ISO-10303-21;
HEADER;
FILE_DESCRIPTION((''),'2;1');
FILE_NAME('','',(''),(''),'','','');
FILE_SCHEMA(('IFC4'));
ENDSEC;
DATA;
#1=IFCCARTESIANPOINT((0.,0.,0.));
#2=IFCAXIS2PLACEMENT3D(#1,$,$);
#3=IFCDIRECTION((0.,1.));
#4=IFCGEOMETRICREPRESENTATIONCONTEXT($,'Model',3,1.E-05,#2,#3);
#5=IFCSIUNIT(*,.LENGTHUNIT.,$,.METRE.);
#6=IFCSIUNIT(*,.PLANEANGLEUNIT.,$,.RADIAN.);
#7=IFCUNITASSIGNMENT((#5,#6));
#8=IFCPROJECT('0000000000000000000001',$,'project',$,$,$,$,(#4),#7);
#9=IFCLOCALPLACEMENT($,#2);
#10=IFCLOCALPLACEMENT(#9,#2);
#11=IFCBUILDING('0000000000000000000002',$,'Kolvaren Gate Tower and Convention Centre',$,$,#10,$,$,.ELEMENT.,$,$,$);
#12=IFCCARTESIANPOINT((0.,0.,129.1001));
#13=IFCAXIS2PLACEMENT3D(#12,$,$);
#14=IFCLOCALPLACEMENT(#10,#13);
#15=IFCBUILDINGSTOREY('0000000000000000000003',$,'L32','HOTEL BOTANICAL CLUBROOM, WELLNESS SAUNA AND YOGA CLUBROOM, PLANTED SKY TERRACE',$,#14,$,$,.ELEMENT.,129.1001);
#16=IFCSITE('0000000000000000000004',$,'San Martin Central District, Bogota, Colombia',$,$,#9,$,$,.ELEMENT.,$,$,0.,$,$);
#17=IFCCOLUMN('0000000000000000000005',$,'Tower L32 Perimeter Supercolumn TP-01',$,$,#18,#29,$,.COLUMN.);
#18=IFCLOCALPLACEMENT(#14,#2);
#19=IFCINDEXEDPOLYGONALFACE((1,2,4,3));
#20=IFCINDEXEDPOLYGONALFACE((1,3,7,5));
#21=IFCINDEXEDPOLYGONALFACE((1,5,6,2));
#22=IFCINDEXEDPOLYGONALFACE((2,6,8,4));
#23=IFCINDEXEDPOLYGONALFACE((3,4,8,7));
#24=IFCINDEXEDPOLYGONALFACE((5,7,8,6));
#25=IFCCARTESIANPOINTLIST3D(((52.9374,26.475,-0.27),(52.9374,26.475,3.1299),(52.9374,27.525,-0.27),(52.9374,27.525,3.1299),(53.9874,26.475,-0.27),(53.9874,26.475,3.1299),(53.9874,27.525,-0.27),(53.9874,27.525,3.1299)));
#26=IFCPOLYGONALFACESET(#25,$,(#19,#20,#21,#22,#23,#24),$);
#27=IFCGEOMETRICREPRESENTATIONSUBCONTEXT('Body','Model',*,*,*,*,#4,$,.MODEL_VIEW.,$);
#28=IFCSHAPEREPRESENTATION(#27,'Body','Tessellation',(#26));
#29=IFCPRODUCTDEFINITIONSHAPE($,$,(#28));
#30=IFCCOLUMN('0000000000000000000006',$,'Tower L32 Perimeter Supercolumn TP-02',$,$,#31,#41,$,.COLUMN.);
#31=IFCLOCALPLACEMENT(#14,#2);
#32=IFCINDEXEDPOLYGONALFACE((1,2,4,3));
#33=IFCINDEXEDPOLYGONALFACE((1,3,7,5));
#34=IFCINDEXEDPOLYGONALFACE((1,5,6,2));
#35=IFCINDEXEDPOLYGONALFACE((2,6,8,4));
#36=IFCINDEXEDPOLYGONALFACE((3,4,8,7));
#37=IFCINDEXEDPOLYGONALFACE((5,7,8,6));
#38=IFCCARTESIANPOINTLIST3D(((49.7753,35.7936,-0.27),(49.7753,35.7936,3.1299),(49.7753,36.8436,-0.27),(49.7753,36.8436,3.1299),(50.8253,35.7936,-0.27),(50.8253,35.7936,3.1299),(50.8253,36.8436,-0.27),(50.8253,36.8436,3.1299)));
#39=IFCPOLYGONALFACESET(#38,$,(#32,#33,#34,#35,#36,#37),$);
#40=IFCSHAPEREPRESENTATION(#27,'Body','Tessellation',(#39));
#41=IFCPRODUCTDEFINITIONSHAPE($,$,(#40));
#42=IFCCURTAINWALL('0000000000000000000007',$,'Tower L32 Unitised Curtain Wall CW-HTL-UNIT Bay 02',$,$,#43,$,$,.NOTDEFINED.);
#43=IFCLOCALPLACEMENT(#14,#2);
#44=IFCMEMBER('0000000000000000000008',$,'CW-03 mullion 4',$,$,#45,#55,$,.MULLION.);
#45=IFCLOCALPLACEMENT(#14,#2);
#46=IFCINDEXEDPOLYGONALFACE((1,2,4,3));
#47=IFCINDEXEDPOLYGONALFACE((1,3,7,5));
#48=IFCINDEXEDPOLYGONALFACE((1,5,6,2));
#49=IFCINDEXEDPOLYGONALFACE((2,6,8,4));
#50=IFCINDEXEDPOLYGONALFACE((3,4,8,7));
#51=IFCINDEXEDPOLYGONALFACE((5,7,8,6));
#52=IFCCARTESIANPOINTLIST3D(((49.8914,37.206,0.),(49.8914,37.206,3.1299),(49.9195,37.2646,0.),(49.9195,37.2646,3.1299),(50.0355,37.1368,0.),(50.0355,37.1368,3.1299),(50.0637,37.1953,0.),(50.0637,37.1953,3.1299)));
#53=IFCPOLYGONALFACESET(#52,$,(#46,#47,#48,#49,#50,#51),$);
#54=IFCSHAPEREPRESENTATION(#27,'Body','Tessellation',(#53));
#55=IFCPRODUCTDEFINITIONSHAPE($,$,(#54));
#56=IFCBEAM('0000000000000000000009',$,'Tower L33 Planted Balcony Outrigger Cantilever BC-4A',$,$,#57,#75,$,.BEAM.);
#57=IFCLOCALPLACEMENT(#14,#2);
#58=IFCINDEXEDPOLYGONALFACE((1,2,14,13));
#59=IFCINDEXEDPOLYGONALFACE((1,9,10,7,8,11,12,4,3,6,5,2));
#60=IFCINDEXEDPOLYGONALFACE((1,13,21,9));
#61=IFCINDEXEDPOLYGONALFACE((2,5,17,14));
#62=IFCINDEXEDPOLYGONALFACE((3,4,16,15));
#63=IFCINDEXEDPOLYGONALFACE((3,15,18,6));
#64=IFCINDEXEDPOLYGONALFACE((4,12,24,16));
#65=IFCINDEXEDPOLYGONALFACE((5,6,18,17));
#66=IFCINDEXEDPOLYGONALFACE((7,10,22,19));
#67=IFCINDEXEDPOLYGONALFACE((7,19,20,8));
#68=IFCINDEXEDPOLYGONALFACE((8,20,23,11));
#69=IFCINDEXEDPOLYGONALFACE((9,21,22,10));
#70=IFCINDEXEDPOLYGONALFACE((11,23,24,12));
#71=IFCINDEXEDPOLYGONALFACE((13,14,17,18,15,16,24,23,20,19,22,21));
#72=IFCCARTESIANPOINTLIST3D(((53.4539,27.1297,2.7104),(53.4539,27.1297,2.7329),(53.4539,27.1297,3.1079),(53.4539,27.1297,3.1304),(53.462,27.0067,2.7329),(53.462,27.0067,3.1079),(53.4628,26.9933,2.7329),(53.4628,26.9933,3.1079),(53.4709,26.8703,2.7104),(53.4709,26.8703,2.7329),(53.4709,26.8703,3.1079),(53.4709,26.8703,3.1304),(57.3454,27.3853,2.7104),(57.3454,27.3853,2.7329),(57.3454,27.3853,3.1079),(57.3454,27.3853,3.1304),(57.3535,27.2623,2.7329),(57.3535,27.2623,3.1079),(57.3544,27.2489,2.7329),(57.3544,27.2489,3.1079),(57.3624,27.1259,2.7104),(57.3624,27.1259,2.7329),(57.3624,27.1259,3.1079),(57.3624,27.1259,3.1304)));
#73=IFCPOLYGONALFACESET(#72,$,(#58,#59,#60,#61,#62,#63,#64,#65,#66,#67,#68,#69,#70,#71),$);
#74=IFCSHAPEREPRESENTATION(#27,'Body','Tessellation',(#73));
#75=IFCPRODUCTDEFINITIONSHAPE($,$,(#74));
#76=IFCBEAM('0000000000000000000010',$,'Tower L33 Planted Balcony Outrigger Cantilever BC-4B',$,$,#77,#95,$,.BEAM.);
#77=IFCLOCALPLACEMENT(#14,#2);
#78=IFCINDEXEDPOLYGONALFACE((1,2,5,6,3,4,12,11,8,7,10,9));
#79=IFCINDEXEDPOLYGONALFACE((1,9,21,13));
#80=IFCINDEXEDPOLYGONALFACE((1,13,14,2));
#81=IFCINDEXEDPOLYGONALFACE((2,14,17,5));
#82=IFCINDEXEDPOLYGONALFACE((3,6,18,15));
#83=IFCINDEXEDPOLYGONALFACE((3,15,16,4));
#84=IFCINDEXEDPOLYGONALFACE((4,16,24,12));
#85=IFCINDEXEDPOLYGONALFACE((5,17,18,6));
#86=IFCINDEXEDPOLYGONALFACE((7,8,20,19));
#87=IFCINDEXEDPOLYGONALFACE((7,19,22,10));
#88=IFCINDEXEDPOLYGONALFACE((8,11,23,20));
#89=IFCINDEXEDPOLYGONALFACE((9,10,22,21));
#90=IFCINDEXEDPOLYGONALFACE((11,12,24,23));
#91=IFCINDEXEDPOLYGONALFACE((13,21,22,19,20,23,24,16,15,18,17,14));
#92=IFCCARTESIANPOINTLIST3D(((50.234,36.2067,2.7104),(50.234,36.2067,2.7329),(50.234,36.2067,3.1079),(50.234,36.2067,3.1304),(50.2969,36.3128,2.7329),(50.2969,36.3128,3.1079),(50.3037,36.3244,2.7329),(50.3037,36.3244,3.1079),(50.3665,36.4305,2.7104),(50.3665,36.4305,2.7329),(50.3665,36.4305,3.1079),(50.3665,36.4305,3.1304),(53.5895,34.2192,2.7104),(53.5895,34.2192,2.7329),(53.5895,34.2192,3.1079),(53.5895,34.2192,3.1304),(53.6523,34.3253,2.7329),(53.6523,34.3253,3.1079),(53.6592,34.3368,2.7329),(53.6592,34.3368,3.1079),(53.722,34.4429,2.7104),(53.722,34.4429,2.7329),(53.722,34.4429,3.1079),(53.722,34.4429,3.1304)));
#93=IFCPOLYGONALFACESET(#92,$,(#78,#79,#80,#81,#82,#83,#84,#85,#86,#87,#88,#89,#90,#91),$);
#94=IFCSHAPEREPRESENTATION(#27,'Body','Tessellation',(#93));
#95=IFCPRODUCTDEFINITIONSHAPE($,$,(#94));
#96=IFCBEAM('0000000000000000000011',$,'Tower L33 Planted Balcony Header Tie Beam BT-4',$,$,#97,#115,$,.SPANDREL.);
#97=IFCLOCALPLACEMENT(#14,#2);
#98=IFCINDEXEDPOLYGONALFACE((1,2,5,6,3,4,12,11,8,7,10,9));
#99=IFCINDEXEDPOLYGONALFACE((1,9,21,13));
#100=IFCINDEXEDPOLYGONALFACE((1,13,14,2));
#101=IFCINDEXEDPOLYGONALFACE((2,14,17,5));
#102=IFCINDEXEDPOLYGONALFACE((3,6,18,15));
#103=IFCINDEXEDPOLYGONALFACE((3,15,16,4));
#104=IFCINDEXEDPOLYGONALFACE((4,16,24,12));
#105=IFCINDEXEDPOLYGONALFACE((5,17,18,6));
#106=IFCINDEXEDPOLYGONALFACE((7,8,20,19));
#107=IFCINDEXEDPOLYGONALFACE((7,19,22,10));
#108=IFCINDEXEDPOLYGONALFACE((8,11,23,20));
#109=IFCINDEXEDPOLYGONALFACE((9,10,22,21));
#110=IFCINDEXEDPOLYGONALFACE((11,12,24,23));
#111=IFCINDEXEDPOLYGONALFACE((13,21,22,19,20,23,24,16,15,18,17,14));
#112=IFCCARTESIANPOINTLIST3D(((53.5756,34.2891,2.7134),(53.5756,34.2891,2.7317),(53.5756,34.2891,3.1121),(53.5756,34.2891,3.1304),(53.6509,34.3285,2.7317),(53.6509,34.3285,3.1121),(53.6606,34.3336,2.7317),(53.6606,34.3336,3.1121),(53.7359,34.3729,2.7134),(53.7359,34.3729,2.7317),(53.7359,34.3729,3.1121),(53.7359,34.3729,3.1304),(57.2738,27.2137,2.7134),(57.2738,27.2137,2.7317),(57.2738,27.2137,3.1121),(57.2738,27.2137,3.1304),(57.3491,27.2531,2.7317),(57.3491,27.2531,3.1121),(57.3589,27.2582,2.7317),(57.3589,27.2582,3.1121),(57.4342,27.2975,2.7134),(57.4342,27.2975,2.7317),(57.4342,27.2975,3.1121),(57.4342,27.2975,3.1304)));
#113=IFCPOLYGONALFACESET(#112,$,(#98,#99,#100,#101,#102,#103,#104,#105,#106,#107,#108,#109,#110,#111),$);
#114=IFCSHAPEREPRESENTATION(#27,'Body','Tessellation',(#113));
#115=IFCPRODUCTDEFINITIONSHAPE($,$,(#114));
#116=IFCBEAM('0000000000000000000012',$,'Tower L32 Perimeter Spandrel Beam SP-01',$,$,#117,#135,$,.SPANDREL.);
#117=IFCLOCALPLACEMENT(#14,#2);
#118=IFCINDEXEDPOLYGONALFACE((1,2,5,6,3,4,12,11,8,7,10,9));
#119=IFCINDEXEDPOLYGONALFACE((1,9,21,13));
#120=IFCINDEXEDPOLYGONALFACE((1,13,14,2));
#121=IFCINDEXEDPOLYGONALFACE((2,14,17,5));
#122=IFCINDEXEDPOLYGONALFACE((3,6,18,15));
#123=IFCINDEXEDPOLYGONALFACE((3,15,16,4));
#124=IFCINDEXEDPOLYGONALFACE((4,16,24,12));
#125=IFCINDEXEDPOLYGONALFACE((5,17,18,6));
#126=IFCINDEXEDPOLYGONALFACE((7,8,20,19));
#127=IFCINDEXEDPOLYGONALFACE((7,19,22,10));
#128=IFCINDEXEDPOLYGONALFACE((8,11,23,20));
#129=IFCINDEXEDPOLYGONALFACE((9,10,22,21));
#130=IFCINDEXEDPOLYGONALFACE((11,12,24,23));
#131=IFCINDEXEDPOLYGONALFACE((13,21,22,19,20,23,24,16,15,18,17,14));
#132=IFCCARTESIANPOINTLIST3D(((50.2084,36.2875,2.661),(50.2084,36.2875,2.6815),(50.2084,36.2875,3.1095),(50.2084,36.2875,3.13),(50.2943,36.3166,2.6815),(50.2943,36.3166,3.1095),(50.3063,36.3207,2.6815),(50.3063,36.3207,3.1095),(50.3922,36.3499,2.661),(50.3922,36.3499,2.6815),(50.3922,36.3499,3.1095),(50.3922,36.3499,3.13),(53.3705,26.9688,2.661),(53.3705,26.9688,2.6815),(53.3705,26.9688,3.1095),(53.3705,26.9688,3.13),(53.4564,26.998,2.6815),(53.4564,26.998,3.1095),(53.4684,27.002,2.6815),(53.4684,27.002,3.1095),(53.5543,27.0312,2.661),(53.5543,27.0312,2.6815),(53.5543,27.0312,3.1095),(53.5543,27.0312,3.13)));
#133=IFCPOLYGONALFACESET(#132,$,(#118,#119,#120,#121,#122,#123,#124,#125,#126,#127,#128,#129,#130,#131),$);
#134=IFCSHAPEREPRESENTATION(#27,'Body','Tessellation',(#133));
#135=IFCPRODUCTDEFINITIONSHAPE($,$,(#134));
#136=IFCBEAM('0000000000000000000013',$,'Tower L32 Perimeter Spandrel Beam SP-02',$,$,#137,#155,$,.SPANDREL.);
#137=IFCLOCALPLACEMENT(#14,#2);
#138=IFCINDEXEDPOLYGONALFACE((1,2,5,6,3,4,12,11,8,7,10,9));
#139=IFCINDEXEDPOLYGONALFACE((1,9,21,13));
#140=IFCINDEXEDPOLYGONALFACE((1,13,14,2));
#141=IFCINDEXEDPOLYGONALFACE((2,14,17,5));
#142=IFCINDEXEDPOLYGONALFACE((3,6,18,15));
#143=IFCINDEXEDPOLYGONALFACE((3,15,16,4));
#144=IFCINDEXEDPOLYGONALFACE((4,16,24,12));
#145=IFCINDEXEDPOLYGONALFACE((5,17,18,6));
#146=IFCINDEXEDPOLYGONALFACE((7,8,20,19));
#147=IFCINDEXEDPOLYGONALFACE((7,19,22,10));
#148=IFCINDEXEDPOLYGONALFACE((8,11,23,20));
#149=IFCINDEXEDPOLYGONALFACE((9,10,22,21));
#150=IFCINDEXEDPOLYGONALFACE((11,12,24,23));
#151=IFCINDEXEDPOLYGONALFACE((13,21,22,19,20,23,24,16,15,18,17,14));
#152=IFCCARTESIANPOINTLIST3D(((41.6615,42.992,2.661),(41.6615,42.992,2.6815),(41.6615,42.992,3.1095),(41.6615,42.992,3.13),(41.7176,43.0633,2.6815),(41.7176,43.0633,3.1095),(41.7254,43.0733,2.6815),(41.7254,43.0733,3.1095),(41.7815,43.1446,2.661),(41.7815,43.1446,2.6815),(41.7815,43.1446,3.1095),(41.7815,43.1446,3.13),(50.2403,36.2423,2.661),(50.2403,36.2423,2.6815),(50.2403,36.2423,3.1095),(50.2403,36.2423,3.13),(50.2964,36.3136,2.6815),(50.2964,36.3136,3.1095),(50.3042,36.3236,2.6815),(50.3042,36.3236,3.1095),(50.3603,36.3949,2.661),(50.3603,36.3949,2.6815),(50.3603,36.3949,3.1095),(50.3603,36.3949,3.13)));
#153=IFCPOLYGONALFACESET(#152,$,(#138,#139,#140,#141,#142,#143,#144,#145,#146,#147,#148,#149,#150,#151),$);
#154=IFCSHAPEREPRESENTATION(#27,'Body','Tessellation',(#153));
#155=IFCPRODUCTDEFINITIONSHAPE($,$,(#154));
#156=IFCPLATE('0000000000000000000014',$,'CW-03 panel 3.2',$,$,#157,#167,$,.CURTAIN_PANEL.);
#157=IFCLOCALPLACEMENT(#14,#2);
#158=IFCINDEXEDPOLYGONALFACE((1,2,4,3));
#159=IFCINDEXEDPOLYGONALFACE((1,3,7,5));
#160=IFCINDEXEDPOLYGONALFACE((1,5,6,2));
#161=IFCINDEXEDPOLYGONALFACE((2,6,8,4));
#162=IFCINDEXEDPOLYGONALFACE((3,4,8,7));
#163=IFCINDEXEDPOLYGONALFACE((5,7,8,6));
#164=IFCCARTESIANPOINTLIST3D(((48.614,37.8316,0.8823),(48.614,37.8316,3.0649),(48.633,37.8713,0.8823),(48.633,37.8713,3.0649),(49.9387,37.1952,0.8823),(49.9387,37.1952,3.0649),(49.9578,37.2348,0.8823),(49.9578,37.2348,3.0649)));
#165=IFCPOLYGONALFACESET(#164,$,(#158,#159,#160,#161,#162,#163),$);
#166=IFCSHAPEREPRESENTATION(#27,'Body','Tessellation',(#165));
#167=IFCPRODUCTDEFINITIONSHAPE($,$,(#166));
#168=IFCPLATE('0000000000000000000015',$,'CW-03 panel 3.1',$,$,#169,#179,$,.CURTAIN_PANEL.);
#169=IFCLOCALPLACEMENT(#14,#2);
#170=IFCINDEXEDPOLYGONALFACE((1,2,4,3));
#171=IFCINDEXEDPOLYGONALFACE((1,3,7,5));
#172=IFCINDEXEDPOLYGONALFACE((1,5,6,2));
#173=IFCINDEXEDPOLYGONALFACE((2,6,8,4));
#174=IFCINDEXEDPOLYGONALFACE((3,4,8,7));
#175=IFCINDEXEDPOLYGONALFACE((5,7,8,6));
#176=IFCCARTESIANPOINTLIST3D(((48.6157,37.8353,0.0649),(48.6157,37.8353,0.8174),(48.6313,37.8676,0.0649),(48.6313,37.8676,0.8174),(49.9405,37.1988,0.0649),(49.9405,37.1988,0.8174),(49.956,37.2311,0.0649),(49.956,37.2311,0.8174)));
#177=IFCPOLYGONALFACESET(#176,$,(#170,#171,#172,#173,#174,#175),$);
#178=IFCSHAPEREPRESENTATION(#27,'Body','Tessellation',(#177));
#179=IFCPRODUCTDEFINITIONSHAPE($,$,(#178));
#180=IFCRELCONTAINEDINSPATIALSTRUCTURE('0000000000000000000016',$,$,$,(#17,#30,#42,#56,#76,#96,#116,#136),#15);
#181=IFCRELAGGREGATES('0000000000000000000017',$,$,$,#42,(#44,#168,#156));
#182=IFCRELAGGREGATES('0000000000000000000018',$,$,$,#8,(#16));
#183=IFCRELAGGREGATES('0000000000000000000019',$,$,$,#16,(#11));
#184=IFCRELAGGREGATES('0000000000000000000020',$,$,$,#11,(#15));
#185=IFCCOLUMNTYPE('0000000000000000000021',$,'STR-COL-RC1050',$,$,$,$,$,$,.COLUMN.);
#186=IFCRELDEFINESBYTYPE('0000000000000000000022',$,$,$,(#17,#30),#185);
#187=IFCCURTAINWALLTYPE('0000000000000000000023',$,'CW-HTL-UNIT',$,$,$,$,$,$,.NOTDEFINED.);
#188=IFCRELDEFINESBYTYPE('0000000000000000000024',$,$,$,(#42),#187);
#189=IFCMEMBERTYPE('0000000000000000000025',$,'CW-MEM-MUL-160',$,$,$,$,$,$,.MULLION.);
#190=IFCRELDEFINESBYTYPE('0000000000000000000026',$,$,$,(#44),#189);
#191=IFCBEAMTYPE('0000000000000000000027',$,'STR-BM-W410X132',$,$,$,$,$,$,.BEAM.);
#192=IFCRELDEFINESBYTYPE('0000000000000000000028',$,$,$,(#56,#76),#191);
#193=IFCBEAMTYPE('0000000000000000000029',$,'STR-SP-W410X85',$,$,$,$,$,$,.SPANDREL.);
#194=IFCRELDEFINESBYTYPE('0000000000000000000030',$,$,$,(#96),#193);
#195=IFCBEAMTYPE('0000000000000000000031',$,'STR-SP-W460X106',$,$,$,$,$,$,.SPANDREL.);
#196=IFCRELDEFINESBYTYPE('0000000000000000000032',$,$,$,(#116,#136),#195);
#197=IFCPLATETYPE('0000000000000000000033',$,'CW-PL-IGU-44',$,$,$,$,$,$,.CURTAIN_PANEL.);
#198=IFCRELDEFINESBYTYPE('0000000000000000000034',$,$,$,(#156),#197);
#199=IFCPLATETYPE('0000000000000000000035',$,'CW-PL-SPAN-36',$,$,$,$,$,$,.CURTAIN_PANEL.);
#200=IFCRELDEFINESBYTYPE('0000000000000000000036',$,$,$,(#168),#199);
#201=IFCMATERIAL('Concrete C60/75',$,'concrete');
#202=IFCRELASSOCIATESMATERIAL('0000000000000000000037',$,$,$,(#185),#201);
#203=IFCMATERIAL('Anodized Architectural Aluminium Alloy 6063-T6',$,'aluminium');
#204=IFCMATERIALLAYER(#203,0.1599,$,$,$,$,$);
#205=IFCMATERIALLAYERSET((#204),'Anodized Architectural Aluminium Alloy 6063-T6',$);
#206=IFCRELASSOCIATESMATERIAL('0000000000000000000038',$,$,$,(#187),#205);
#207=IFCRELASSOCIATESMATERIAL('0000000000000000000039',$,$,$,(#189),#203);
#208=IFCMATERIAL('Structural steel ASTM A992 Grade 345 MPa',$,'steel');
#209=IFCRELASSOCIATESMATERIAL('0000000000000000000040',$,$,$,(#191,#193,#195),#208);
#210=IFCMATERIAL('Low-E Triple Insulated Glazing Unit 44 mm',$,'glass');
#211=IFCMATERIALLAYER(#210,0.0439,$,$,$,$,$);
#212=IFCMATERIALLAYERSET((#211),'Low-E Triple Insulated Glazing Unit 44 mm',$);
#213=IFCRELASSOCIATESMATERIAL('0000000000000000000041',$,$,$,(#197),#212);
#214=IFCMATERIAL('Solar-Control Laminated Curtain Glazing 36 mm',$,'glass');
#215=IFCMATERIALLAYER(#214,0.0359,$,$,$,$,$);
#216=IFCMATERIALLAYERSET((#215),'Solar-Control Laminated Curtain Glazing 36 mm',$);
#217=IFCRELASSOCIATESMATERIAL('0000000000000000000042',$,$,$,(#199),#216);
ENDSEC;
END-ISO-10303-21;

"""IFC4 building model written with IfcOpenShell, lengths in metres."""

from ifc_helpers import new_model, si_unit, direction, frame, origin, origin_2d, place, context, subcontext, project, spatial, rectangle, i_section, extrude, material, layer, layer_set, material_profile, profile_set, type_object, element, aggregate, save


model = new_model("IFC4")

# Units and contexts
model_context = context("Model", 3, precision=1e-05, world=origin(), true_north=direction((0.0, 1.0)))
body_context = subcontext(model_context, "Body", "Model", "MODEL_VIEW")
ifc_project = project(units=[si_unit("LENGTHUNIT", "METRE"), si_unit("PLANEANGLEUNIT", "RADIAN")], contexts=[model_context])

# Site, building, storey
site_placement = place(None, origin())
site = spatial("IfcSite", under=ifc_project, at=site_placement, Name="San Martin Central District, Bogota, Colombia", CompositionType="ELEMENT", RefElevation=0.0)
building_placement = place(site_placement, origin())
building = spatial("IfcBuilding", under=site, at=building_placement, Name="Kolvaren Gate Tower and Convention Centre", CompositionType="ELEMENT")
storey_placement = place(building_placement, frame((0.0, 0.0, 129.1001)))
storey = spatial("IfcBuildingStorey", under=building, at=storey_placement, Name="L32", Description="HOTEL BOTANICAL CLUBROOM, WELLNESS SAUNA AND YOGA CLUBROOM, PLANTED SKY TERRACE", CompositionType="ELEMENT", Elevation=129.1001)

# Columns
ifc_material_1 = material(Name="Concrete C60/75", Category="concrete")
ifc_material_profile_1 = material_profile(ifc_material_1, rectangle(XDim=1.05, YDim=1.05, at=origin_2d()), Name="RC-COL-1050X1050")
ifc_profile_set_1 = profile_set([ifc_material_profile_1], Name="Concrete C60/75")
column_type = type_object("IfcColumnType", Name="STR-COL-RC1050", PredefinedType="COLUMN", material=ifc_profile_set_1)
for number, where, z_axis, x_axis, name in (
    (1, (53.4624, 27.0, -0.27), (0.0, 0.0, 1.0), (1.0, 0.0, 0.0), "Tower L32 Perimeter Supercolumn TP-01"),
    (2, (50.3003, 36.3186, -0.27), (0.0, 0.0, 1.0), (1.0, 0.0, 0.0), "Tower L32 Perimeter Supercolumn TP-02"),
):
    element("IfcColumn", number, at=place(storey_placement, frame(where, z_axis=z_axis, x_axis=x_axis)), inside=storey, type_object=column_type, Name=name, PredefinedType="COLUMN", context=body_context, shape_type="SweptSolid", body=[
        extrude(rectangle(XDim=1.05, YDim=1.05, at=origin_2d()), origin(), (0.0, 0.0, 1.0), 3.3999),
    ])

# Curtain wall, member
ifc_material_2 = material(Name="Anodized Architectural Aluminium Alloy 6063-T6", Category="aluminium")
ifc_layer_1 = layer(ifc_material_2, 0.1599)
ifc_layer_set_1 = layer_set([ifc_layer_1], Name="Anodized Architectural Aluminium Alloy 6063-T6")
curtain_wall_type = type_object("IfcCurtainWallType", Name="CW-HTL-UNIT", PredefinedType="NOTDEFINED", material=ifc_layer_set_1)
curtain_wall_placement = place(storey_placement, origin())
curtain_wall = element("IfcCurtainWall", 3, at=curtain_wall_placement, inside=storey, type_object=curtain_wall_type, Name="Tower L32 Unitised Curtain Wall CW-HTL-UNIT Bay 02", PredefinedType="NOTDEFINED")
ifc_material_profile_2 = material_profile(ifc_material_2, rectangle(XDim=0.0649, YDim=0.1599, at=origin_2d()), Name="CW-MEM-MUL-160")
ifc_profile_set_2 = profile_set([ifc_material_profile_2], Name="Anodized Architectural Aluminium Alloy 6063-T6")
member_type = type_object("IfcMemberType", Name="CW-MEM-MUL-160", PredefinedType="MULLION", material=ifc_profile_set_2)
member_placement = place(storey_placement, frame((49.9775, 37.2007, 0.0), z_axis=(0.0, 0.0, 1.0), x_axis=(0.433071, 0.90136, 0.0)))
member = element("IfcMember", 4, at=member_placement, type_object=member_type, Name="CW-03 mullion 4", PredefinedType="MULLION", context=body_context, shape_type="SweptSolid", body=[
    extrude(rectangle(XDim=0.0649, YDim=0.1599, at=origin_2d()), origin(), (0.0, 0.0, 1.0), 3.1299),
])

# Beams
ifc_material_3 = material(Name="Structural steel ASTM A992 Grade 345 MPa", Category="steel")
ifc_material_profile_3 = material_profile(ifc_material_3, i_section(OverallWidth=0.26, OverallDepth=0.4199, WebThickness=0.0134, FlangeThickness=0.0225, at=origin_2d()), Name="W410X132")
ifc_profile_set_3 = profile_set([ifc_material_profile_3], Name="Structural steel ASTM A992 Grade 345 MPa")
beam_type_1 = type_object("IfcBeamType", Name="STR-BM-W410X132", PredefinedType="BEAM", material=ifc_profile_set_3)
for number, where, z_axis, x_axis, name in (
    (5, (53.4624, 27.0, 2.9204), (0.99785, 0.065543, 0.0), (-0.065543, 0.99785, 0.0), "Tower L33 Planted Balcony Outrigger Cantilever BC-4A"),
    (6, (50.3003, 36.3186, 2.9204), (0.86039, -0.509636, 0.0), (0.509636, 0.86039, 0.0), "Tower L33 Planted Balcony Outrigger Cantilever BC-4B"),
):
    element("IfcBeam", number, at=place(storey_placement, frame(where, z_axis=z_axis, x_axis=x_axis)), inside=storey, type_object=beam_type_1, Name=name, PredefinedType="BEAM", context=body_context, shape_type="SweptSolid", body=[
        extrude(i_section(OverallWidth=0.26, OverallDepth=0.4199, WebThickness=0.0134, FlangeThickness=0.0225, at=origin_2d()), origin(), (0.0, 0.0, 1.0), 3.8999),
    ])
ifc_material_profile_4 = material_profile(ifc_material_3, i_section(OverallWidth=0.1809, OverallDepth=0.417, WebThickness=0.011, FlangeThickness=0.0183, at=origin_2d()), Name="W410X85")
ifc_profile_set_4 = profile_set([ifc_material_profile_4], Name="Structural steel ASTM A992 Grade 345 MPa")
beam_type_2 = type_object("IfcBeamType", Name="STR-SP-W410X85", PredefinedType="SPANDREL", material=ifc_profile_set_4)
beam_1_placement = place(storey_placement, frame((57.354, 27.2556, 2.9219), z_axis=(-0.463226, 0.88624, 0.0), x_axis=(-0.88624, -0.463226, 0.0)))
element("IfcBeam", 7, at=beam_1_placement, inside=storey, type_object=beam_type_2, Name="Tower L33 Planted Balcony Header Tie Beam BT-4", PredefinedType="SPANDREL", context=body_context, shape_type="SweptSolid", body=[
    extrude(i_section(OverallWidth=0.1809, OverallDepth=0.417, WebThickness=0.011, FlangeThickness=0.0183, at=origin_2d()), origin(), (0.0, 0.0, 1.0), 7.9836),
])
ifc_material_profile_5 = material_profile(ifc_material_3, i_section(OverallWidth=0.1941, OverallDepth=0.469, WebThickness=0.0127, FlangeThickness=0.0205, at=origin_2d()), Name="W460X106")
ifc_profile_set_5 = profile_set([ifc_material_profile_5], Name="Structural steel ASTM A992 Grade 345 MPa")
beam_type_3 = type_object("IfcBeamType", Name="STR-SP-W460X106", PredefinedType="SPANDREL", material=ifc_profile_set_5)
beam_2_placement = place(storey_placement, frame((53.4624, 27.0, 2.8955), z_axis=(-0.321336, 0.946965, 0.0), x_axis=(-0.946965, -0.321336, 0.0)))
element("IfcBeam", 8, at=beam_2_placement, inside=storey, type_object=beam_type_3, Name="Tower L32 Perimeter Spandrel Beam SP-01", PredefinedType="SPANDREL", context=body_context, shape_type="SweptSolid", body=[
    extrude(i_section(OverallWidth=0.1941, OverallDepth=0.469, WebThickness=0.0127, FlangeThickness=0.0205, at=origin_2d()), origin(), (0.0, 0.0, 1.0), 9.8406),
])
beam_3_placement = place(storey_placement, frame((50.3003, 36.3186, 2.8955), z_axis=(-0.785908, 0.618344, 0.0), x_axis=(-0.618344, -0.785908, 0.0)))
element("IfcBeam", 9, at=beam_3_placement, inside=storey, type_object=beam_type_3, Name="Tower L32 Perimeter Spandrel Beam SP-02", PredefinedType="SPANDREL", context=body_context, shape_type="SweptSolid", body=[
    extrude(i_section(OverallWidth=0.1941, OverallDepth=0.469, WebThickness=0.0127, FlangeThickness=0.0205, at=origin_2d()), origin(), (0.0, 0.0, 1.0), 10.9158),
])

# Plates
ifc_material_4 = material(Name="Low-E Triple Insulated Glazing Unit 44 mm", Category="glass")
ifc_layer_2 = layer(ifc_material_4, 0.0439)
ifc_layer_set_2 = layer_set([ifc_layer_2], Name="Low-E Triple Insulated Glazing Unit 44 mm")
plate_type_1 = type_object("IfcPlateType", Name="CW-PL-IGU-44", PredefinedType="CURTAIN_PANEL", material=ifc_layer_set_2)
plate_1_placement = place(storey_placement, frame((49.2859, 37.5332, 0.8823), z_axis=(0.0, 0.0, 1.0), x_axis=(0.90136, -0.433071, 0.0)))
plate_1 = element("IfcPlate", 10, at=plate_1_placement, type_object=plate_type_1, Name="CW-03 panel 3.2", PredefinedType="CURTAIN_PANEL", context=body_context, shape_type="SweptSolid", body=[
    extrude(rectangle(XDim=1.4697, YDim=0.0439, at=origin_2d()), origin(), (0.0, 0.0, 1.0), 2.1826),
])
ifc_material_5 = material(Name="Solar-Control Laminated Curtain Glazing 36 mm", Category="glass")
ifc_layer_3 = layer(ifc_material_5, 0.0359)
ifc_layer_set_3 = layer_set([ifc_layer_3], Name="Solar-Control Laminated Curtain Glazing 36 mm")
plate_type_2 = type_object("IfcPlateType", Name="CW-PL-SPAN-36", PredefinedType="CURTAIN_PANEL", material=ifc_layer_set_3)
plate_2_placement = place(storey_placement, frame((49.2859, 37.5332, 0.0649), z_axis=(0.0, 0.0, 1.0), x_axis=(0.90136, -0.433071, 0.0)))
plate_2 = element("IfcPlate", 11, at=plate_2_placement, type_object=plate_type_2, Name="CW-03 panel 3.1", PredefinedType="CURTAIN_PANEL", context=body_context, shape_type="SweptSolid", body=[
    extrude(rectangle(XDim=1.4697, YDim=0.0359, at=origin_2d()), origin(), (0.0, 0.0, 1.0), 0.7524),
])
aggregate(curtain_wall, [member, plate_2, plate_1])

save(model, "model.ifc")
